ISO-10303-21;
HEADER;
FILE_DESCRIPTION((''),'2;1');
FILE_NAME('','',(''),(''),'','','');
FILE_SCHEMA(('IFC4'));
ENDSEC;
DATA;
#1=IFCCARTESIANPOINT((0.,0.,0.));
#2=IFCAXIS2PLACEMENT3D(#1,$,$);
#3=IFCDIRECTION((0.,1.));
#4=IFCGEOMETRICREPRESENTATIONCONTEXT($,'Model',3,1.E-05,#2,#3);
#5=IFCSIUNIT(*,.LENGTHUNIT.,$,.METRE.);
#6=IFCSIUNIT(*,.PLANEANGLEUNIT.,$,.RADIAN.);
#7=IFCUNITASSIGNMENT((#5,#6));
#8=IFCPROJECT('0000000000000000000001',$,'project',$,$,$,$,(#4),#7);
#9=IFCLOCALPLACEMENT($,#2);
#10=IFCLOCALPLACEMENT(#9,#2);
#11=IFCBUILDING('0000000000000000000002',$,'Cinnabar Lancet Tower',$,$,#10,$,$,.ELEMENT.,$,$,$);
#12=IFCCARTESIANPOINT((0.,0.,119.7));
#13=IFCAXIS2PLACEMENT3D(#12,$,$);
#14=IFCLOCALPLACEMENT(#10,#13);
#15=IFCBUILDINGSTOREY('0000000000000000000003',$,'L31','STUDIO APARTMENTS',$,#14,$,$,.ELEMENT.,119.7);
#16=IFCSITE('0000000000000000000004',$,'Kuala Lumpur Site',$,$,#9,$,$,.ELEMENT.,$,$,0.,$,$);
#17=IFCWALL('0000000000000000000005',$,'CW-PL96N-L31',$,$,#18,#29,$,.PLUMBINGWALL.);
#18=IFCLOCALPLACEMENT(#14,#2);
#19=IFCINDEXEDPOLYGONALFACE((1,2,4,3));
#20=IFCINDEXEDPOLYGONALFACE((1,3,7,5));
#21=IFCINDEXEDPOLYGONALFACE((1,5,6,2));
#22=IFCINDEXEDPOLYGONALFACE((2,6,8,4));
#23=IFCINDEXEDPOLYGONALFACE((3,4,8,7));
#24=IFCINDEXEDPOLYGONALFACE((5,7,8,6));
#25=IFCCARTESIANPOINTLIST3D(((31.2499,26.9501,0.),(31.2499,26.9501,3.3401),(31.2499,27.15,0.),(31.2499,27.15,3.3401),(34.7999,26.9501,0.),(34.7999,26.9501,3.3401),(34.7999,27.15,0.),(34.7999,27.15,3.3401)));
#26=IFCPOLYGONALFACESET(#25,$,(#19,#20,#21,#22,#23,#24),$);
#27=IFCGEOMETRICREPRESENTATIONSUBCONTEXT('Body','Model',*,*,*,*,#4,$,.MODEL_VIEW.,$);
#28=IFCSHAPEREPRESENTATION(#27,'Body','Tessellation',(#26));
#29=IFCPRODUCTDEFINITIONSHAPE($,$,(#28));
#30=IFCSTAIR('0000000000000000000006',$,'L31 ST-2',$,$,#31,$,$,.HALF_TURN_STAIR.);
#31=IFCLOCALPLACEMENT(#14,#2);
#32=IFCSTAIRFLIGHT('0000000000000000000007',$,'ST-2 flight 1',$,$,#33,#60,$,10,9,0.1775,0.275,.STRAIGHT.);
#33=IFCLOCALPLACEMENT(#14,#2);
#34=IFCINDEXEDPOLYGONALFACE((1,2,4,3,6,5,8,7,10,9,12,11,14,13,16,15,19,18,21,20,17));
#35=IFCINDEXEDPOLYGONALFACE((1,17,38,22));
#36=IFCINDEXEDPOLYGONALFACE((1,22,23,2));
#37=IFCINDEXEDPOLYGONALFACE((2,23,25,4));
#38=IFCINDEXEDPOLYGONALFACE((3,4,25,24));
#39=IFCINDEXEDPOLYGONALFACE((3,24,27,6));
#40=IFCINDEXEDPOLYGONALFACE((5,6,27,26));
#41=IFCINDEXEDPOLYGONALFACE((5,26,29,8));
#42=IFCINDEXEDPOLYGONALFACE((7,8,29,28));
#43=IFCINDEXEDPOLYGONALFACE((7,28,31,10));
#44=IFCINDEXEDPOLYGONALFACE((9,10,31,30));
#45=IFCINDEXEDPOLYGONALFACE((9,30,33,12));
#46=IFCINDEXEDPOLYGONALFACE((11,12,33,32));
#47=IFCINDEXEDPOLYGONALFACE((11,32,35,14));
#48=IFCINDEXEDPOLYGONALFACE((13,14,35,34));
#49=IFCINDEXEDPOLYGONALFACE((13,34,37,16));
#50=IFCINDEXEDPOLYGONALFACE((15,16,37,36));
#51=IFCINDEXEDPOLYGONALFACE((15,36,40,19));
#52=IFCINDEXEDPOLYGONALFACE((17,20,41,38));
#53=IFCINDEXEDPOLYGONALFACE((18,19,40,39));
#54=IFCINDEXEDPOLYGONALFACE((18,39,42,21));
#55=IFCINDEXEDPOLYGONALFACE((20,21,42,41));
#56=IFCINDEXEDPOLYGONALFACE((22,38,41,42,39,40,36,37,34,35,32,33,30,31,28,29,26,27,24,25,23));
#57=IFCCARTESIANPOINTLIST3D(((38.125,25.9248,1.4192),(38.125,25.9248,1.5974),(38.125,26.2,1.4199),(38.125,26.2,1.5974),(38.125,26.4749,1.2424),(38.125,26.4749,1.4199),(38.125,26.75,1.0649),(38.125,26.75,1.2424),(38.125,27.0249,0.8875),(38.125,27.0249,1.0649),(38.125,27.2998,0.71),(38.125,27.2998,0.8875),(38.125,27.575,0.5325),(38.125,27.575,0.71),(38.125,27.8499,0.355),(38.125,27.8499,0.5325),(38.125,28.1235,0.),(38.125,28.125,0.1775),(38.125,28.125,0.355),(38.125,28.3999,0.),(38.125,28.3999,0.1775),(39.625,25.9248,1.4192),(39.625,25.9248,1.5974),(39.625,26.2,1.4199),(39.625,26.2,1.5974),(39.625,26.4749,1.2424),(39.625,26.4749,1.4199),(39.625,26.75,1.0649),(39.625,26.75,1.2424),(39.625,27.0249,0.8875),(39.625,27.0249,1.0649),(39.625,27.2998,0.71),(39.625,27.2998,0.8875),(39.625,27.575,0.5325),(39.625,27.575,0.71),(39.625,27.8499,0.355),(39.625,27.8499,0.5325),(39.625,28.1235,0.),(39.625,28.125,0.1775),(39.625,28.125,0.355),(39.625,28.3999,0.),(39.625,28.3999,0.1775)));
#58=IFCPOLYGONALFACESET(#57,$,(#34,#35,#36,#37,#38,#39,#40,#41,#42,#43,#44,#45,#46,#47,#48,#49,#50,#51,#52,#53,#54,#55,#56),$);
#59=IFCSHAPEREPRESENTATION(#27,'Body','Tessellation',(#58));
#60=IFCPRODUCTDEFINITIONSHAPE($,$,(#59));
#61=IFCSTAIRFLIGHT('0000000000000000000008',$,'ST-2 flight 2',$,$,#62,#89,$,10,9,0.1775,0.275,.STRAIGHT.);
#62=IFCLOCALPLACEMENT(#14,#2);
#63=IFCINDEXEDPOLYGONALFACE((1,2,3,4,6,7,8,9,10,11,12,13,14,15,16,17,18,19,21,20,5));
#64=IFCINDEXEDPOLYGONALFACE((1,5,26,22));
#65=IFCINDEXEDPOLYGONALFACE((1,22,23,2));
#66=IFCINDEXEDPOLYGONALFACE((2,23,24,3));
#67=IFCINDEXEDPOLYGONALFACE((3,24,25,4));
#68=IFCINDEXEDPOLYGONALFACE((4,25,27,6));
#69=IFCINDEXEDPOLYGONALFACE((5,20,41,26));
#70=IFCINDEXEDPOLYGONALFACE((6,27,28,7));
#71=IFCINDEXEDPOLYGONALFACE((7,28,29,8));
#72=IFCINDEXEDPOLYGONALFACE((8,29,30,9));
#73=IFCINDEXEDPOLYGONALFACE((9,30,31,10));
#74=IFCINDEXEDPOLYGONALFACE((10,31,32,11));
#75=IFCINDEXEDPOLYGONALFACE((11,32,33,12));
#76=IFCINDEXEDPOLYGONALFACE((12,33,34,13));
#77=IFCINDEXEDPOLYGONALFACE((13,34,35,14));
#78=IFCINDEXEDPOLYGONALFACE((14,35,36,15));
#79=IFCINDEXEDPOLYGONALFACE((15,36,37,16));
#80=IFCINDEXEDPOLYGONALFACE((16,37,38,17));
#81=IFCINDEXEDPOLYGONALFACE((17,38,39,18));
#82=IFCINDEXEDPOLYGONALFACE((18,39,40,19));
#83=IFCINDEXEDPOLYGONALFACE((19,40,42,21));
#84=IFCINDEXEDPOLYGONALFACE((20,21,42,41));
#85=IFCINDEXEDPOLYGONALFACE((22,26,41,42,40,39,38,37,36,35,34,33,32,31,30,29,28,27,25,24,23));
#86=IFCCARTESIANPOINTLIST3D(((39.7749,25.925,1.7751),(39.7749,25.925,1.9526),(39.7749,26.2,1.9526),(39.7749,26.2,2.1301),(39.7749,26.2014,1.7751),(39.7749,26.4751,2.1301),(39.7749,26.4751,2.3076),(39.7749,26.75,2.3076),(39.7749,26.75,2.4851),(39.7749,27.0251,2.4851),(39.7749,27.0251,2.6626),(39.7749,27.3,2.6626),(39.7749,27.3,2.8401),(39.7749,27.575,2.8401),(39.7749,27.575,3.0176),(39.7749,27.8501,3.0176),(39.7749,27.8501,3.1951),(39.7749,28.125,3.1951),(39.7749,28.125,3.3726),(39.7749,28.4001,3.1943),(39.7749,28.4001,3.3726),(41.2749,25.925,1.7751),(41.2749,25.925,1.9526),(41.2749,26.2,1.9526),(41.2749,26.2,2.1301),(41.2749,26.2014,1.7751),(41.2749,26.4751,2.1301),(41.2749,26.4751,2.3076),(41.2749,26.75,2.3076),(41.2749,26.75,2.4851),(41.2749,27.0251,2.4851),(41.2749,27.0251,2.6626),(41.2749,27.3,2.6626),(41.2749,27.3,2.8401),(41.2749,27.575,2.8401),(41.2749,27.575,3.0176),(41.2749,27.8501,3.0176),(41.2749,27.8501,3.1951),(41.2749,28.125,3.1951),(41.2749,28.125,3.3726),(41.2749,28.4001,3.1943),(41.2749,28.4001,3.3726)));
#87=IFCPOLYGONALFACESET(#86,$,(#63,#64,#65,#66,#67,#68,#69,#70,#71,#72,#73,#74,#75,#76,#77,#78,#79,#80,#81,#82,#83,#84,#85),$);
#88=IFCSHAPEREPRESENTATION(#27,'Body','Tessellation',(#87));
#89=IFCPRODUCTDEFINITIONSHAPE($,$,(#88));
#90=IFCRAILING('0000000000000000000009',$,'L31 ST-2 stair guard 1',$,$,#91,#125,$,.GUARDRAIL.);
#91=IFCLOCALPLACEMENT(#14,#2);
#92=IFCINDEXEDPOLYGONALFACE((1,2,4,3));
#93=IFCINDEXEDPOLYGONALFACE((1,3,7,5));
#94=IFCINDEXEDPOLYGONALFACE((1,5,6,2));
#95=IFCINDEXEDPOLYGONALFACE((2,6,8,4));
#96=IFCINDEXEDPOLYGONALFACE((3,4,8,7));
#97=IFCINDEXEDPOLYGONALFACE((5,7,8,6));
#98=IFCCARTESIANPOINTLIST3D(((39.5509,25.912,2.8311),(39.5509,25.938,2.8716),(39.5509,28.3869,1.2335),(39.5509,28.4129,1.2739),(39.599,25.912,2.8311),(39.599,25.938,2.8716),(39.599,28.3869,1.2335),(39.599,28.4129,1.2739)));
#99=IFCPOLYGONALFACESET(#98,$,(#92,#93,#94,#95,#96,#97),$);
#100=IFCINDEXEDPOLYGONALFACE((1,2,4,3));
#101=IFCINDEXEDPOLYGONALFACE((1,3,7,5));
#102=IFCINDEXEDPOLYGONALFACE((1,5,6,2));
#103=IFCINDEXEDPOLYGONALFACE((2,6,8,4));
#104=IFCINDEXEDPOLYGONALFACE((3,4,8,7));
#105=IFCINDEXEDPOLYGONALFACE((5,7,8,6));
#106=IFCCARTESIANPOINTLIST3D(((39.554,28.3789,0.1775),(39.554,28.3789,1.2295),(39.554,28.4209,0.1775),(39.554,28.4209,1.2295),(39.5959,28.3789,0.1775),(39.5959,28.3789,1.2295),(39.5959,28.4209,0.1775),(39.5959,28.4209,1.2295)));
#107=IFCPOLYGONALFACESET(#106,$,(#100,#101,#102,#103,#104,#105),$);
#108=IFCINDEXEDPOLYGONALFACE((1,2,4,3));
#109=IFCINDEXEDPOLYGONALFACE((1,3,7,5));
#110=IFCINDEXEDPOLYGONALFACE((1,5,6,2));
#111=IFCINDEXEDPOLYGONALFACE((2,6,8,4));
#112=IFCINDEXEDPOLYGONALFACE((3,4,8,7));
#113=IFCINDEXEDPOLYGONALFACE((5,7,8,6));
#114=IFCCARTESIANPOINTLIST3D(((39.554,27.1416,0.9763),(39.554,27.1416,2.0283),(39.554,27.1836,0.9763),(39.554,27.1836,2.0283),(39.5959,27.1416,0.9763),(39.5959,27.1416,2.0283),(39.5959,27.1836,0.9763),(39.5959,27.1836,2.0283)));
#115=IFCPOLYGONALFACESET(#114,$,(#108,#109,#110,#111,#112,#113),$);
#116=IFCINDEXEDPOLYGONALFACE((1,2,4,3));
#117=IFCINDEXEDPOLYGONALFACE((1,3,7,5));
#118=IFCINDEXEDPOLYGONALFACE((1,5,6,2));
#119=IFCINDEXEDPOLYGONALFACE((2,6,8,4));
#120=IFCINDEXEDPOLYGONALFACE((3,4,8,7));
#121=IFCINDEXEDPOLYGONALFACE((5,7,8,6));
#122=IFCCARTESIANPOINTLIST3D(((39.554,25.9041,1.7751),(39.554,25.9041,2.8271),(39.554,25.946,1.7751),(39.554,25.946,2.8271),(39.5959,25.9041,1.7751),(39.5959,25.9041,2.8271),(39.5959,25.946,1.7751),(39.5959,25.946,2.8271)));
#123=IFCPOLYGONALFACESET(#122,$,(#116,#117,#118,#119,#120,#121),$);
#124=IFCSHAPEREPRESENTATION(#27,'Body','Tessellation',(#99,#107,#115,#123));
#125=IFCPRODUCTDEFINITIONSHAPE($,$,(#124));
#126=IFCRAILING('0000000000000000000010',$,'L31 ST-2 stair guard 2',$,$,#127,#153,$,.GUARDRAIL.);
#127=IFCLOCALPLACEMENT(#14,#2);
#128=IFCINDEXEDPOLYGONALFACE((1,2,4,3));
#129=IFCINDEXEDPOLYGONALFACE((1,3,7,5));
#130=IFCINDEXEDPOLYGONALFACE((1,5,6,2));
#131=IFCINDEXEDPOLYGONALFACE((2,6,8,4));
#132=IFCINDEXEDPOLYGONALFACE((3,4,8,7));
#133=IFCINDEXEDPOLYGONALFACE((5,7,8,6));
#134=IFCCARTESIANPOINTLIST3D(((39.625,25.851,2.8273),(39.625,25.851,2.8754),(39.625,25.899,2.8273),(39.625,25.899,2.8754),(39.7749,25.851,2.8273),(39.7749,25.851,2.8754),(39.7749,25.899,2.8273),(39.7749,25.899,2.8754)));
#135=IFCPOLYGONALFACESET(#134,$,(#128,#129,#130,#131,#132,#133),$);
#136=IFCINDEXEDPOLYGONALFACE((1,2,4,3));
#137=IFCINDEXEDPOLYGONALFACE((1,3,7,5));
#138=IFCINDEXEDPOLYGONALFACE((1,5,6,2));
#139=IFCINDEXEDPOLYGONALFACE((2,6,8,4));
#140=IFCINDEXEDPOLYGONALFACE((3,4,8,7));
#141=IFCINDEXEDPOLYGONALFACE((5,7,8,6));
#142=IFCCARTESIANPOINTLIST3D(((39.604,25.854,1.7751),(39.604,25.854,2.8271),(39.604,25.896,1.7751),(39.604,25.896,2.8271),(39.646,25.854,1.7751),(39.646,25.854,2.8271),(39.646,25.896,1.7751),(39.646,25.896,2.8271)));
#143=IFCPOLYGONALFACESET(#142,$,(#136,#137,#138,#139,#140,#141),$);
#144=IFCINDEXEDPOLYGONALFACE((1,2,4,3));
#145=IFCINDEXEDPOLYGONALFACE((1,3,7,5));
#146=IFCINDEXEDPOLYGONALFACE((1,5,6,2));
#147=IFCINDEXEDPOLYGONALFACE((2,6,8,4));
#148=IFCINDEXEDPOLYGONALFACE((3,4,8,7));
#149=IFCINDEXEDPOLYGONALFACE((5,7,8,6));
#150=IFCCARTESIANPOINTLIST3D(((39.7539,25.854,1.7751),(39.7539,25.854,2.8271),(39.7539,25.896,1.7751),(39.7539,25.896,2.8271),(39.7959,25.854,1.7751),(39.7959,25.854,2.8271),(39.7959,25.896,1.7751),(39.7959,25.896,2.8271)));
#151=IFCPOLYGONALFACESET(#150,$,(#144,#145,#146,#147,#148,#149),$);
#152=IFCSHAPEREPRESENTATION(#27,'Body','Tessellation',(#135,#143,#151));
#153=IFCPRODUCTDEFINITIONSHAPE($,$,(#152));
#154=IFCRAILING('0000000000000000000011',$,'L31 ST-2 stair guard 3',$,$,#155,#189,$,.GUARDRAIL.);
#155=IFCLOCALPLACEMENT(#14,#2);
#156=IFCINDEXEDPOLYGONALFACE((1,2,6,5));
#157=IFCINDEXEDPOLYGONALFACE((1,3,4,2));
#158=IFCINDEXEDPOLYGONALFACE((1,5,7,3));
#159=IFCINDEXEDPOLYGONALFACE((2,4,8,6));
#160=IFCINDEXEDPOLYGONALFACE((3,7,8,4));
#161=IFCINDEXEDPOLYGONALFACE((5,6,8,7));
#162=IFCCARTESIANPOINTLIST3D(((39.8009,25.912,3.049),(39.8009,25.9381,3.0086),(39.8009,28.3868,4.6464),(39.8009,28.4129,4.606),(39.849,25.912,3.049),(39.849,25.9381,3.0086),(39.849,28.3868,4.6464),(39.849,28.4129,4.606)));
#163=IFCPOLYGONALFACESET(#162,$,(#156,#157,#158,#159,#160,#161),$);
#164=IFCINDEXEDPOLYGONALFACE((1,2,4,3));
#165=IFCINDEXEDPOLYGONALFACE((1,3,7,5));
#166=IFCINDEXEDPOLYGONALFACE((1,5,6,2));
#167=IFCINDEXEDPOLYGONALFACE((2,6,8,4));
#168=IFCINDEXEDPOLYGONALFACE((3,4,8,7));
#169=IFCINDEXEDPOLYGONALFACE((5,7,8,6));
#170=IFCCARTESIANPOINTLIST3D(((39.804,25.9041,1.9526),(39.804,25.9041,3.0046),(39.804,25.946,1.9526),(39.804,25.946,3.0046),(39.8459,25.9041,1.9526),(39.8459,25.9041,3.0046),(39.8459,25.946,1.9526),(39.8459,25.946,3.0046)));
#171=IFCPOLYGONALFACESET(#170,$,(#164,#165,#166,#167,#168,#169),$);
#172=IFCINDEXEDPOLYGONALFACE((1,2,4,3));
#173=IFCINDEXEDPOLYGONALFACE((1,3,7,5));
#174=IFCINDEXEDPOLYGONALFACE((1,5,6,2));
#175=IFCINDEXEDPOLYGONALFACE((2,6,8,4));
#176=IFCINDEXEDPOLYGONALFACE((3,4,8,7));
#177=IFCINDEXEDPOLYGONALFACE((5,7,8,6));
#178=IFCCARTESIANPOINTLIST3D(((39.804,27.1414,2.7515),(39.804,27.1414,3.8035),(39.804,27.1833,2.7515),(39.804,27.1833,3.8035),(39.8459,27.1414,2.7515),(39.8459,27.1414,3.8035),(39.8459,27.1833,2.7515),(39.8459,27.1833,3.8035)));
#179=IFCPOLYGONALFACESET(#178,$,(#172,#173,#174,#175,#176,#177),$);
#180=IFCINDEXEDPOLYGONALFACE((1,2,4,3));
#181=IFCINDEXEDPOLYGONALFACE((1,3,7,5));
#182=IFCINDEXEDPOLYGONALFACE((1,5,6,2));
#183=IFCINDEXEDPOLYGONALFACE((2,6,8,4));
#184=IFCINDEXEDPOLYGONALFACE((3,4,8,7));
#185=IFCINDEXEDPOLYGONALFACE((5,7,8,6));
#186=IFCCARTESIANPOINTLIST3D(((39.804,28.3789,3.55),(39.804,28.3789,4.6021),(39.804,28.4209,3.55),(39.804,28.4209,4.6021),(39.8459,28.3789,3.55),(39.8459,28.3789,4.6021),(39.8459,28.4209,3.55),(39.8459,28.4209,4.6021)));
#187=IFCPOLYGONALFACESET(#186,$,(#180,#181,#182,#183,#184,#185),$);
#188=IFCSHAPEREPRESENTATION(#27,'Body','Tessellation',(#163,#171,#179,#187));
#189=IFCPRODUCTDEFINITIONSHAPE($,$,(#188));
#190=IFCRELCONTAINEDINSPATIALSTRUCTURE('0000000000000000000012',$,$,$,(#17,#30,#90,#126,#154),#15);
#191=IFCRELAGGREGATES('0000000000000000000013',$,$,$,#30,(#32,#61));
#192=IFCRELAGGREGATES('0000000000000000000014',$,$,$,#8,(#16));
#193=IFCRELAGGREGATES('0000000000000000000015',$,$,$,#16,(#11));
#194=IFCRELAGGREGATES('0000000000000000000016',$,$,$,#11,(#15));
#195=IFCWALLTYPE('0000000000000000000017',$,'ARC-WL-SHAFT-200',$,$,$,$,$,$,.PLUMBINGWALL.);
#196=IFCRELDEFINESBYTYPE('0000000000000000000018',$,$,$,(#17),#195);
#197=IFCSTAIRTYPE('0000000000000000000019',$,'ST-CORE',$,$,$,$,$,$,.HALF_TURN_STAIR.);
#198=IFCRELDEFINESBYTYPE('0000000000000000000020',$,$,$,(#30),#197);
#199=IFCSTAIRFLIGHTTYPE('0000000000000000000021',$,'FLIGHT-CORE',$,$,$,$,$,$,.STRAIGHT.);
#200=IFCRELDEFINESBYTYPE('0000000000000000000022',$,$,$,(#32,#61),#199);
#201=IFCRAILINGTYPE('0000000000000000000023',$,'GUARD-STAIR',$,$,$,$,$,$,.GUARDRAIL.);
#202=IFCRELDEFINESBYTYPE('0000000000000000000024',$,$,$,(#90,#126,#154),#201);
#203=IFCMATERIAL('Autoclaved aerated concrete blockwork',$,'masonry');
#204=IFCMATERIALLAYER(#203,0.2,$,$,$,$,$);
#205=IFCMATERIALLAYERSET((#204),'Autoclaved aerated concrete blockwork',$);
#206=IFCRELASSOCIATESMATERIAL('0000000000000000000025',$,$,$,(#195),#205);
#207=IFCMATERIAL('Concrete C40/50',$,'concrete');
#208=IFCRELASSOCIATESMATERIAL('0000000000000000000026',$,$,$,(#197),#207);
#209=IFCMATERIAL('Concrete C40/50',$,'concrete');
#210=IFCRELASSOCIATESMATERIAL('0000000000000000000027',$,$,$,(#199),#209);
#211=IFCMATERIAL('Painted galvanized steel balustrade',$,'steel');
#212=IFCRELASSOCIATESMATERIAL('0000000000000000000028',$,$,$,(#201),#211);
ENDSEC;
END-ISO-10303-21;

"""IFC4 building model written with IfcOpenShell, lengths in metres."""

from ifc_helpers import new_model, si_unit, direction, frame, frame_2d, origin, origin_2d, place, context, subcontext, project, spatial, polyline, rectangle, outline, extrude, material, layer, layer_set, type_object, element, aggregate, save


model = new_model("IFC4")

# Units and contexts
model_context = context("Model", 3, precision=1e-05, world=origin(), true_north=direction((0.0, 1.0)))
body_context = subcontext(model_context, "Body", "Model", "MODEL_VIEW")
ifc_project = project(units=[si_unit("LENGTHUNIT", "METRE"), si_unit("PLANEANGLEUNIT", "RADIAN")], contexts=[model_context])

# Site, building, storey
site_placement = place(None, origin())
site = spatial("IfcSite", under=ifc_project, at=site_placement, Name="Kuala Lumpur Site", CompositionType="ELEMENT", RefElevation=0.0)
building_placement = place(site_placement, origin())
building = spatial("IfcBuilding", under=site, at=building_placement, Name="Cinnabar Lancet Tower", CompositionType="ELEMENT")
storey_placement = place(building_placement, frame((0.0, 0.0, 119.7)))
storey = spatial("IfcBuildingStorey", under=building, at=storey_placement, Name="L31", Description="STUDIO APARTMENTS", CompositionType="ELEMENT", Elevation=119.7)

# Shared definitions
ifc_material_1 = material(Name="Autoclaved aerated concrete blockwork", Category="masonry")
ifc_layer = layer(ifc_material_1, 0.2)
ifc_layer_set = layer_set([ifc_layer], Name="Autoclaved aerated concrete blockwork")
wall_type = type_object("IfcWallType", Name="ARC-WL-SHAFT-200", PredefinedType="PLUMBINGWALL", material=ifc_layer_set)

# Wall
wall_1_placement = place(storey_placement, frame((31.25, 27.05, 0.0), z_axis=(0.0, 0.0, 1.0), x_axis=(1.0, 0.0, 0.0)))
element("IfcWall", 1, at=wall_1_placement, inside=storey, type_object=wall_type, Name="CW-PL96N-L31", PredefinedType="PLUMBINGWALL", context=body_context, shape_type="SweptSolid", body=[
    extrude(rectangle(XDim=3.55, YDim=0.2, at=frame_2d((1.7749, 0.0))), origin(), (0.0, 0.0, 1.0), 3.3401),
])

# Stair, stair flights
ifc_material_2 = material(Name="Concrete C40/50", Category="concrete")
stair_type = type_object("IfcStairType", Name="ST-CORE", PredefinedType="HALF_TURN_STAIR", material=ifc_material_2)
stair_placement = place(storey_placement, origin())
stair = element("IfcStair", 2, at=stair_placement, inside=storey, type_object=stair_type, Name="L31 ST-2", PredefinedType="HALF_TURN_STAIR")
ifc_material_3 = material(Name="Concrete C40/50", Category="concrete")
stair_flight_type = type_object("IfcStairFlightType", Name="FLIGHT-CORE", PredefinedType="STRAIGHT", material=ifc_material_3)
stair_flight_1_placement = place(storey_placement, frame((38.875, 28.3999, 0.0), z_axis=(0.0, 0.0, 1.0), x_axis=(0.0, -1.0, 0.0)))
stair_flight_1 = element("IfcStairFlight", 3, at=stair_flight_1_placement, type_object=stair_flight_type, Name="ST-2 flight 1", NumberOfRisers=10, NumberOfTreads=9, PredefinedType="STRAIGHT", RiserHeight=0.1775, TreadLength=0.275, context=body_context, shape_type="SweptSolid", body=[
    extrude(outline(polyline([(0.0, 0.0), (0.0, 0.1775), (0.2749, 0.1775), (0.2749, 0.355), (0.55, 0.355), (0.55, 0.5325), (0.825, 0.5325), (0.825, 0.71), (1.1001, 0.71), (1.1001, 0.8875), (1.375, 0.8875), (1.375, 1.0649), (1.6499, 1.0649), (1.6499, 1.2424), (1.925, 1.2424), (1.925, 1.4199), (2.2, 1.4199), (2.2, 1.5974), (2.4751, 1.5974), (2.4751, 1.7749), (2.4751, 1.4192), (0.2764, 0.0), (0.0, 0.0)])), frame((0.0, 0.75, 0.0), z_axis=(0.0, -1.0, 0.0), x_axis=(1.0, 0.0, 0.0)), (0.0, 0.0, 1.0), 1.5),
])
stair_flight_2_placement = place(storey_placement, frame((40.5249, 25.925, 1.7751), z_axis=(0.0, 0.0, 1.0), x_axis=(0.0, 1.0, 0.0)))
stair_flight_2 = element("IfcStairFlight", 4, at=stair_flight_2_placement, type_object=stair_flight_type, Name="ST-2 flight 2", NumberOfRisers=10, NumberOfTreads=9, PredefinedType="STRAIGHT", RiserHeight=0.1775, TreadLength=0.275, context=body_context, shape_type="SweptSolid", body=[
    extrude(outline(polyline([(0.0, 0.0), (0.0, 0.1775), (0.2749, 0.1775), (0.2749, 0.355), (0.55, 0.355), (0.55, 0.5325), (0.825, 0.5325), (0.825, 0.71), (1.1001, 0.71), (1.1001, 0.8875), (1.375, 0.8875), (1.375, 1.0649), (1.6499, 1.0649), (1.6499, 1.2424), (1.925, 1.2424), (1.925, 1.4199), (2.2, 1.4199), (2.2, 1.5974), (2.4751, 1.5974), (2.4751, 1.7749), (2.4751, 1.4192), (0.2764, 0.0), (0.0, 0.0)])), frame((0.0, 0.75, 0.0), z_axis=(0.0, -1.0, 0.0), x_axis=(1.0, 0.0, 0.0)), (0.0, 0.0, 1.0), 1.5),
])
aggregate(stair, [stair_flight_1, stair_flight_2])

# Railings
ifc_material_4 = material(Name="Painted galvanized steel balustrade", Category="steel")
railing_type_1 = type_object("IfcRailingType", Name="GUARD-STAIR", PredefinedType="GUARDRAIL", material=ifc_material_4)
railing_1_placement = place(storey_placement, frame((39.575, 28.3999, 0.1775)))
element("IfcRailing", 5, at=railing_1_placement, inside=storey, type_object=railing_type_1, Name="L31 ST-2 stair guard 1", PredefinedType="GUARDRAIL", context=body_context, shape_type="SweptSolid", body=[
    extrude(rectangle(XDim=0.0481, YDim=0.0481, at=origin_2d()), frame((0.0, 0.0, 1.0762), z_axis=(0.0, -0.840146, 0.542361), x_axis=(1.0, 0.0, 0.0)), (0.0, 0.0, 1.0), 2.9458),
    extrude(rectangle(XDim=0.042, YDim=0.042, at=origin_2d()), origin(), (0.0, 0.0, 1.0), 1.052),
    extrude(rectangle(XDim=0.042, YDim=0.042, at=origin_2d()), frame((0.0, -1.2373, 0.7988)), (0.0, 0.0, 1.0), 1.052),
    extrude(rectangle(XDim=0.042, YDim=0.042, at=origin_2d()), frame((0.0, -2.4749, 1.5977)), (0.0, 0.0, 1.0), 1.052),
])
railing_2_placement = place(storey_placement, frame((39.625, 25.875, 1.7751)))
element("IfcRailing", 6, at=railing_2_placement, inside=storey, type_object=railing_type_1, Name="L31 ST-2 stair guard 2", PredefinedType="GUARDRAIL", context=body_context, shape_type="SweptSolid", body=[
    extrude(rectangle(XDim=0.0481, YDim=0.0481, at=origin_2d()), frame((0.0, 0.0, 1.0762), z_axis=(1.0, 0.0, 0.0), x_axis=(0.0, 1.0, 0.0)), (0.0, 0.0, 1.0), 0.1499),
    extrude(rectangle(XDim=0.042, YDim=0.042, at=origin_2d()), origin(), (0.0, 0.0, 1.0), 1.052),
    extrude(rectangle(XDim=0.042, YDim=0.042, at=origin_2d()), frame((0.1499, 0.0, 0.0)), (0.0, 0.0, 1.0), 1.052),
])
railing_3_placement = place(storey_placement, frame((39.825, 25.925, 1.9526)))
element("IfcRailing", 7, at=railing_3_placement, inside=storey, type_object=railing_type_1, Name="L31 ST-2 stair guard 3", PredefinedType="GUARDRAIL", context=body_context, shape_type="SweptSolid", body=[
    extrude(rectangle(XDim=0.0481, YDim=0.0481, at=origin_2d()), frame((0.0, 0.0, 1.0762), z_axis=(0.0, 0.840183, 0.542302), x_axis=(-1.0, 0.0, 0.0)), (0.0, 0.0, 1.0), 2.9456),
    extrude(rectangle(XDim=0.042, YDim=0.042, at=origin_2d()), origin(), (0.0, 0.0, 1.0), 1.052),
    extrude(rectangle(XDim=0.042, YDim=0.042, at=origin_2d()), frame((0.0, 1.2373, 0.7988)), (0.0, 0.0, 1.0), 1.052),
    extrude(rectangle(XDim=0.042, YDim=0.042, at=origin_2d()), frame((0.0, 2.4749, 1.5974)), (0.0, 0.0, 1.0), 1.052),
])

save(model, "model.ifc")
